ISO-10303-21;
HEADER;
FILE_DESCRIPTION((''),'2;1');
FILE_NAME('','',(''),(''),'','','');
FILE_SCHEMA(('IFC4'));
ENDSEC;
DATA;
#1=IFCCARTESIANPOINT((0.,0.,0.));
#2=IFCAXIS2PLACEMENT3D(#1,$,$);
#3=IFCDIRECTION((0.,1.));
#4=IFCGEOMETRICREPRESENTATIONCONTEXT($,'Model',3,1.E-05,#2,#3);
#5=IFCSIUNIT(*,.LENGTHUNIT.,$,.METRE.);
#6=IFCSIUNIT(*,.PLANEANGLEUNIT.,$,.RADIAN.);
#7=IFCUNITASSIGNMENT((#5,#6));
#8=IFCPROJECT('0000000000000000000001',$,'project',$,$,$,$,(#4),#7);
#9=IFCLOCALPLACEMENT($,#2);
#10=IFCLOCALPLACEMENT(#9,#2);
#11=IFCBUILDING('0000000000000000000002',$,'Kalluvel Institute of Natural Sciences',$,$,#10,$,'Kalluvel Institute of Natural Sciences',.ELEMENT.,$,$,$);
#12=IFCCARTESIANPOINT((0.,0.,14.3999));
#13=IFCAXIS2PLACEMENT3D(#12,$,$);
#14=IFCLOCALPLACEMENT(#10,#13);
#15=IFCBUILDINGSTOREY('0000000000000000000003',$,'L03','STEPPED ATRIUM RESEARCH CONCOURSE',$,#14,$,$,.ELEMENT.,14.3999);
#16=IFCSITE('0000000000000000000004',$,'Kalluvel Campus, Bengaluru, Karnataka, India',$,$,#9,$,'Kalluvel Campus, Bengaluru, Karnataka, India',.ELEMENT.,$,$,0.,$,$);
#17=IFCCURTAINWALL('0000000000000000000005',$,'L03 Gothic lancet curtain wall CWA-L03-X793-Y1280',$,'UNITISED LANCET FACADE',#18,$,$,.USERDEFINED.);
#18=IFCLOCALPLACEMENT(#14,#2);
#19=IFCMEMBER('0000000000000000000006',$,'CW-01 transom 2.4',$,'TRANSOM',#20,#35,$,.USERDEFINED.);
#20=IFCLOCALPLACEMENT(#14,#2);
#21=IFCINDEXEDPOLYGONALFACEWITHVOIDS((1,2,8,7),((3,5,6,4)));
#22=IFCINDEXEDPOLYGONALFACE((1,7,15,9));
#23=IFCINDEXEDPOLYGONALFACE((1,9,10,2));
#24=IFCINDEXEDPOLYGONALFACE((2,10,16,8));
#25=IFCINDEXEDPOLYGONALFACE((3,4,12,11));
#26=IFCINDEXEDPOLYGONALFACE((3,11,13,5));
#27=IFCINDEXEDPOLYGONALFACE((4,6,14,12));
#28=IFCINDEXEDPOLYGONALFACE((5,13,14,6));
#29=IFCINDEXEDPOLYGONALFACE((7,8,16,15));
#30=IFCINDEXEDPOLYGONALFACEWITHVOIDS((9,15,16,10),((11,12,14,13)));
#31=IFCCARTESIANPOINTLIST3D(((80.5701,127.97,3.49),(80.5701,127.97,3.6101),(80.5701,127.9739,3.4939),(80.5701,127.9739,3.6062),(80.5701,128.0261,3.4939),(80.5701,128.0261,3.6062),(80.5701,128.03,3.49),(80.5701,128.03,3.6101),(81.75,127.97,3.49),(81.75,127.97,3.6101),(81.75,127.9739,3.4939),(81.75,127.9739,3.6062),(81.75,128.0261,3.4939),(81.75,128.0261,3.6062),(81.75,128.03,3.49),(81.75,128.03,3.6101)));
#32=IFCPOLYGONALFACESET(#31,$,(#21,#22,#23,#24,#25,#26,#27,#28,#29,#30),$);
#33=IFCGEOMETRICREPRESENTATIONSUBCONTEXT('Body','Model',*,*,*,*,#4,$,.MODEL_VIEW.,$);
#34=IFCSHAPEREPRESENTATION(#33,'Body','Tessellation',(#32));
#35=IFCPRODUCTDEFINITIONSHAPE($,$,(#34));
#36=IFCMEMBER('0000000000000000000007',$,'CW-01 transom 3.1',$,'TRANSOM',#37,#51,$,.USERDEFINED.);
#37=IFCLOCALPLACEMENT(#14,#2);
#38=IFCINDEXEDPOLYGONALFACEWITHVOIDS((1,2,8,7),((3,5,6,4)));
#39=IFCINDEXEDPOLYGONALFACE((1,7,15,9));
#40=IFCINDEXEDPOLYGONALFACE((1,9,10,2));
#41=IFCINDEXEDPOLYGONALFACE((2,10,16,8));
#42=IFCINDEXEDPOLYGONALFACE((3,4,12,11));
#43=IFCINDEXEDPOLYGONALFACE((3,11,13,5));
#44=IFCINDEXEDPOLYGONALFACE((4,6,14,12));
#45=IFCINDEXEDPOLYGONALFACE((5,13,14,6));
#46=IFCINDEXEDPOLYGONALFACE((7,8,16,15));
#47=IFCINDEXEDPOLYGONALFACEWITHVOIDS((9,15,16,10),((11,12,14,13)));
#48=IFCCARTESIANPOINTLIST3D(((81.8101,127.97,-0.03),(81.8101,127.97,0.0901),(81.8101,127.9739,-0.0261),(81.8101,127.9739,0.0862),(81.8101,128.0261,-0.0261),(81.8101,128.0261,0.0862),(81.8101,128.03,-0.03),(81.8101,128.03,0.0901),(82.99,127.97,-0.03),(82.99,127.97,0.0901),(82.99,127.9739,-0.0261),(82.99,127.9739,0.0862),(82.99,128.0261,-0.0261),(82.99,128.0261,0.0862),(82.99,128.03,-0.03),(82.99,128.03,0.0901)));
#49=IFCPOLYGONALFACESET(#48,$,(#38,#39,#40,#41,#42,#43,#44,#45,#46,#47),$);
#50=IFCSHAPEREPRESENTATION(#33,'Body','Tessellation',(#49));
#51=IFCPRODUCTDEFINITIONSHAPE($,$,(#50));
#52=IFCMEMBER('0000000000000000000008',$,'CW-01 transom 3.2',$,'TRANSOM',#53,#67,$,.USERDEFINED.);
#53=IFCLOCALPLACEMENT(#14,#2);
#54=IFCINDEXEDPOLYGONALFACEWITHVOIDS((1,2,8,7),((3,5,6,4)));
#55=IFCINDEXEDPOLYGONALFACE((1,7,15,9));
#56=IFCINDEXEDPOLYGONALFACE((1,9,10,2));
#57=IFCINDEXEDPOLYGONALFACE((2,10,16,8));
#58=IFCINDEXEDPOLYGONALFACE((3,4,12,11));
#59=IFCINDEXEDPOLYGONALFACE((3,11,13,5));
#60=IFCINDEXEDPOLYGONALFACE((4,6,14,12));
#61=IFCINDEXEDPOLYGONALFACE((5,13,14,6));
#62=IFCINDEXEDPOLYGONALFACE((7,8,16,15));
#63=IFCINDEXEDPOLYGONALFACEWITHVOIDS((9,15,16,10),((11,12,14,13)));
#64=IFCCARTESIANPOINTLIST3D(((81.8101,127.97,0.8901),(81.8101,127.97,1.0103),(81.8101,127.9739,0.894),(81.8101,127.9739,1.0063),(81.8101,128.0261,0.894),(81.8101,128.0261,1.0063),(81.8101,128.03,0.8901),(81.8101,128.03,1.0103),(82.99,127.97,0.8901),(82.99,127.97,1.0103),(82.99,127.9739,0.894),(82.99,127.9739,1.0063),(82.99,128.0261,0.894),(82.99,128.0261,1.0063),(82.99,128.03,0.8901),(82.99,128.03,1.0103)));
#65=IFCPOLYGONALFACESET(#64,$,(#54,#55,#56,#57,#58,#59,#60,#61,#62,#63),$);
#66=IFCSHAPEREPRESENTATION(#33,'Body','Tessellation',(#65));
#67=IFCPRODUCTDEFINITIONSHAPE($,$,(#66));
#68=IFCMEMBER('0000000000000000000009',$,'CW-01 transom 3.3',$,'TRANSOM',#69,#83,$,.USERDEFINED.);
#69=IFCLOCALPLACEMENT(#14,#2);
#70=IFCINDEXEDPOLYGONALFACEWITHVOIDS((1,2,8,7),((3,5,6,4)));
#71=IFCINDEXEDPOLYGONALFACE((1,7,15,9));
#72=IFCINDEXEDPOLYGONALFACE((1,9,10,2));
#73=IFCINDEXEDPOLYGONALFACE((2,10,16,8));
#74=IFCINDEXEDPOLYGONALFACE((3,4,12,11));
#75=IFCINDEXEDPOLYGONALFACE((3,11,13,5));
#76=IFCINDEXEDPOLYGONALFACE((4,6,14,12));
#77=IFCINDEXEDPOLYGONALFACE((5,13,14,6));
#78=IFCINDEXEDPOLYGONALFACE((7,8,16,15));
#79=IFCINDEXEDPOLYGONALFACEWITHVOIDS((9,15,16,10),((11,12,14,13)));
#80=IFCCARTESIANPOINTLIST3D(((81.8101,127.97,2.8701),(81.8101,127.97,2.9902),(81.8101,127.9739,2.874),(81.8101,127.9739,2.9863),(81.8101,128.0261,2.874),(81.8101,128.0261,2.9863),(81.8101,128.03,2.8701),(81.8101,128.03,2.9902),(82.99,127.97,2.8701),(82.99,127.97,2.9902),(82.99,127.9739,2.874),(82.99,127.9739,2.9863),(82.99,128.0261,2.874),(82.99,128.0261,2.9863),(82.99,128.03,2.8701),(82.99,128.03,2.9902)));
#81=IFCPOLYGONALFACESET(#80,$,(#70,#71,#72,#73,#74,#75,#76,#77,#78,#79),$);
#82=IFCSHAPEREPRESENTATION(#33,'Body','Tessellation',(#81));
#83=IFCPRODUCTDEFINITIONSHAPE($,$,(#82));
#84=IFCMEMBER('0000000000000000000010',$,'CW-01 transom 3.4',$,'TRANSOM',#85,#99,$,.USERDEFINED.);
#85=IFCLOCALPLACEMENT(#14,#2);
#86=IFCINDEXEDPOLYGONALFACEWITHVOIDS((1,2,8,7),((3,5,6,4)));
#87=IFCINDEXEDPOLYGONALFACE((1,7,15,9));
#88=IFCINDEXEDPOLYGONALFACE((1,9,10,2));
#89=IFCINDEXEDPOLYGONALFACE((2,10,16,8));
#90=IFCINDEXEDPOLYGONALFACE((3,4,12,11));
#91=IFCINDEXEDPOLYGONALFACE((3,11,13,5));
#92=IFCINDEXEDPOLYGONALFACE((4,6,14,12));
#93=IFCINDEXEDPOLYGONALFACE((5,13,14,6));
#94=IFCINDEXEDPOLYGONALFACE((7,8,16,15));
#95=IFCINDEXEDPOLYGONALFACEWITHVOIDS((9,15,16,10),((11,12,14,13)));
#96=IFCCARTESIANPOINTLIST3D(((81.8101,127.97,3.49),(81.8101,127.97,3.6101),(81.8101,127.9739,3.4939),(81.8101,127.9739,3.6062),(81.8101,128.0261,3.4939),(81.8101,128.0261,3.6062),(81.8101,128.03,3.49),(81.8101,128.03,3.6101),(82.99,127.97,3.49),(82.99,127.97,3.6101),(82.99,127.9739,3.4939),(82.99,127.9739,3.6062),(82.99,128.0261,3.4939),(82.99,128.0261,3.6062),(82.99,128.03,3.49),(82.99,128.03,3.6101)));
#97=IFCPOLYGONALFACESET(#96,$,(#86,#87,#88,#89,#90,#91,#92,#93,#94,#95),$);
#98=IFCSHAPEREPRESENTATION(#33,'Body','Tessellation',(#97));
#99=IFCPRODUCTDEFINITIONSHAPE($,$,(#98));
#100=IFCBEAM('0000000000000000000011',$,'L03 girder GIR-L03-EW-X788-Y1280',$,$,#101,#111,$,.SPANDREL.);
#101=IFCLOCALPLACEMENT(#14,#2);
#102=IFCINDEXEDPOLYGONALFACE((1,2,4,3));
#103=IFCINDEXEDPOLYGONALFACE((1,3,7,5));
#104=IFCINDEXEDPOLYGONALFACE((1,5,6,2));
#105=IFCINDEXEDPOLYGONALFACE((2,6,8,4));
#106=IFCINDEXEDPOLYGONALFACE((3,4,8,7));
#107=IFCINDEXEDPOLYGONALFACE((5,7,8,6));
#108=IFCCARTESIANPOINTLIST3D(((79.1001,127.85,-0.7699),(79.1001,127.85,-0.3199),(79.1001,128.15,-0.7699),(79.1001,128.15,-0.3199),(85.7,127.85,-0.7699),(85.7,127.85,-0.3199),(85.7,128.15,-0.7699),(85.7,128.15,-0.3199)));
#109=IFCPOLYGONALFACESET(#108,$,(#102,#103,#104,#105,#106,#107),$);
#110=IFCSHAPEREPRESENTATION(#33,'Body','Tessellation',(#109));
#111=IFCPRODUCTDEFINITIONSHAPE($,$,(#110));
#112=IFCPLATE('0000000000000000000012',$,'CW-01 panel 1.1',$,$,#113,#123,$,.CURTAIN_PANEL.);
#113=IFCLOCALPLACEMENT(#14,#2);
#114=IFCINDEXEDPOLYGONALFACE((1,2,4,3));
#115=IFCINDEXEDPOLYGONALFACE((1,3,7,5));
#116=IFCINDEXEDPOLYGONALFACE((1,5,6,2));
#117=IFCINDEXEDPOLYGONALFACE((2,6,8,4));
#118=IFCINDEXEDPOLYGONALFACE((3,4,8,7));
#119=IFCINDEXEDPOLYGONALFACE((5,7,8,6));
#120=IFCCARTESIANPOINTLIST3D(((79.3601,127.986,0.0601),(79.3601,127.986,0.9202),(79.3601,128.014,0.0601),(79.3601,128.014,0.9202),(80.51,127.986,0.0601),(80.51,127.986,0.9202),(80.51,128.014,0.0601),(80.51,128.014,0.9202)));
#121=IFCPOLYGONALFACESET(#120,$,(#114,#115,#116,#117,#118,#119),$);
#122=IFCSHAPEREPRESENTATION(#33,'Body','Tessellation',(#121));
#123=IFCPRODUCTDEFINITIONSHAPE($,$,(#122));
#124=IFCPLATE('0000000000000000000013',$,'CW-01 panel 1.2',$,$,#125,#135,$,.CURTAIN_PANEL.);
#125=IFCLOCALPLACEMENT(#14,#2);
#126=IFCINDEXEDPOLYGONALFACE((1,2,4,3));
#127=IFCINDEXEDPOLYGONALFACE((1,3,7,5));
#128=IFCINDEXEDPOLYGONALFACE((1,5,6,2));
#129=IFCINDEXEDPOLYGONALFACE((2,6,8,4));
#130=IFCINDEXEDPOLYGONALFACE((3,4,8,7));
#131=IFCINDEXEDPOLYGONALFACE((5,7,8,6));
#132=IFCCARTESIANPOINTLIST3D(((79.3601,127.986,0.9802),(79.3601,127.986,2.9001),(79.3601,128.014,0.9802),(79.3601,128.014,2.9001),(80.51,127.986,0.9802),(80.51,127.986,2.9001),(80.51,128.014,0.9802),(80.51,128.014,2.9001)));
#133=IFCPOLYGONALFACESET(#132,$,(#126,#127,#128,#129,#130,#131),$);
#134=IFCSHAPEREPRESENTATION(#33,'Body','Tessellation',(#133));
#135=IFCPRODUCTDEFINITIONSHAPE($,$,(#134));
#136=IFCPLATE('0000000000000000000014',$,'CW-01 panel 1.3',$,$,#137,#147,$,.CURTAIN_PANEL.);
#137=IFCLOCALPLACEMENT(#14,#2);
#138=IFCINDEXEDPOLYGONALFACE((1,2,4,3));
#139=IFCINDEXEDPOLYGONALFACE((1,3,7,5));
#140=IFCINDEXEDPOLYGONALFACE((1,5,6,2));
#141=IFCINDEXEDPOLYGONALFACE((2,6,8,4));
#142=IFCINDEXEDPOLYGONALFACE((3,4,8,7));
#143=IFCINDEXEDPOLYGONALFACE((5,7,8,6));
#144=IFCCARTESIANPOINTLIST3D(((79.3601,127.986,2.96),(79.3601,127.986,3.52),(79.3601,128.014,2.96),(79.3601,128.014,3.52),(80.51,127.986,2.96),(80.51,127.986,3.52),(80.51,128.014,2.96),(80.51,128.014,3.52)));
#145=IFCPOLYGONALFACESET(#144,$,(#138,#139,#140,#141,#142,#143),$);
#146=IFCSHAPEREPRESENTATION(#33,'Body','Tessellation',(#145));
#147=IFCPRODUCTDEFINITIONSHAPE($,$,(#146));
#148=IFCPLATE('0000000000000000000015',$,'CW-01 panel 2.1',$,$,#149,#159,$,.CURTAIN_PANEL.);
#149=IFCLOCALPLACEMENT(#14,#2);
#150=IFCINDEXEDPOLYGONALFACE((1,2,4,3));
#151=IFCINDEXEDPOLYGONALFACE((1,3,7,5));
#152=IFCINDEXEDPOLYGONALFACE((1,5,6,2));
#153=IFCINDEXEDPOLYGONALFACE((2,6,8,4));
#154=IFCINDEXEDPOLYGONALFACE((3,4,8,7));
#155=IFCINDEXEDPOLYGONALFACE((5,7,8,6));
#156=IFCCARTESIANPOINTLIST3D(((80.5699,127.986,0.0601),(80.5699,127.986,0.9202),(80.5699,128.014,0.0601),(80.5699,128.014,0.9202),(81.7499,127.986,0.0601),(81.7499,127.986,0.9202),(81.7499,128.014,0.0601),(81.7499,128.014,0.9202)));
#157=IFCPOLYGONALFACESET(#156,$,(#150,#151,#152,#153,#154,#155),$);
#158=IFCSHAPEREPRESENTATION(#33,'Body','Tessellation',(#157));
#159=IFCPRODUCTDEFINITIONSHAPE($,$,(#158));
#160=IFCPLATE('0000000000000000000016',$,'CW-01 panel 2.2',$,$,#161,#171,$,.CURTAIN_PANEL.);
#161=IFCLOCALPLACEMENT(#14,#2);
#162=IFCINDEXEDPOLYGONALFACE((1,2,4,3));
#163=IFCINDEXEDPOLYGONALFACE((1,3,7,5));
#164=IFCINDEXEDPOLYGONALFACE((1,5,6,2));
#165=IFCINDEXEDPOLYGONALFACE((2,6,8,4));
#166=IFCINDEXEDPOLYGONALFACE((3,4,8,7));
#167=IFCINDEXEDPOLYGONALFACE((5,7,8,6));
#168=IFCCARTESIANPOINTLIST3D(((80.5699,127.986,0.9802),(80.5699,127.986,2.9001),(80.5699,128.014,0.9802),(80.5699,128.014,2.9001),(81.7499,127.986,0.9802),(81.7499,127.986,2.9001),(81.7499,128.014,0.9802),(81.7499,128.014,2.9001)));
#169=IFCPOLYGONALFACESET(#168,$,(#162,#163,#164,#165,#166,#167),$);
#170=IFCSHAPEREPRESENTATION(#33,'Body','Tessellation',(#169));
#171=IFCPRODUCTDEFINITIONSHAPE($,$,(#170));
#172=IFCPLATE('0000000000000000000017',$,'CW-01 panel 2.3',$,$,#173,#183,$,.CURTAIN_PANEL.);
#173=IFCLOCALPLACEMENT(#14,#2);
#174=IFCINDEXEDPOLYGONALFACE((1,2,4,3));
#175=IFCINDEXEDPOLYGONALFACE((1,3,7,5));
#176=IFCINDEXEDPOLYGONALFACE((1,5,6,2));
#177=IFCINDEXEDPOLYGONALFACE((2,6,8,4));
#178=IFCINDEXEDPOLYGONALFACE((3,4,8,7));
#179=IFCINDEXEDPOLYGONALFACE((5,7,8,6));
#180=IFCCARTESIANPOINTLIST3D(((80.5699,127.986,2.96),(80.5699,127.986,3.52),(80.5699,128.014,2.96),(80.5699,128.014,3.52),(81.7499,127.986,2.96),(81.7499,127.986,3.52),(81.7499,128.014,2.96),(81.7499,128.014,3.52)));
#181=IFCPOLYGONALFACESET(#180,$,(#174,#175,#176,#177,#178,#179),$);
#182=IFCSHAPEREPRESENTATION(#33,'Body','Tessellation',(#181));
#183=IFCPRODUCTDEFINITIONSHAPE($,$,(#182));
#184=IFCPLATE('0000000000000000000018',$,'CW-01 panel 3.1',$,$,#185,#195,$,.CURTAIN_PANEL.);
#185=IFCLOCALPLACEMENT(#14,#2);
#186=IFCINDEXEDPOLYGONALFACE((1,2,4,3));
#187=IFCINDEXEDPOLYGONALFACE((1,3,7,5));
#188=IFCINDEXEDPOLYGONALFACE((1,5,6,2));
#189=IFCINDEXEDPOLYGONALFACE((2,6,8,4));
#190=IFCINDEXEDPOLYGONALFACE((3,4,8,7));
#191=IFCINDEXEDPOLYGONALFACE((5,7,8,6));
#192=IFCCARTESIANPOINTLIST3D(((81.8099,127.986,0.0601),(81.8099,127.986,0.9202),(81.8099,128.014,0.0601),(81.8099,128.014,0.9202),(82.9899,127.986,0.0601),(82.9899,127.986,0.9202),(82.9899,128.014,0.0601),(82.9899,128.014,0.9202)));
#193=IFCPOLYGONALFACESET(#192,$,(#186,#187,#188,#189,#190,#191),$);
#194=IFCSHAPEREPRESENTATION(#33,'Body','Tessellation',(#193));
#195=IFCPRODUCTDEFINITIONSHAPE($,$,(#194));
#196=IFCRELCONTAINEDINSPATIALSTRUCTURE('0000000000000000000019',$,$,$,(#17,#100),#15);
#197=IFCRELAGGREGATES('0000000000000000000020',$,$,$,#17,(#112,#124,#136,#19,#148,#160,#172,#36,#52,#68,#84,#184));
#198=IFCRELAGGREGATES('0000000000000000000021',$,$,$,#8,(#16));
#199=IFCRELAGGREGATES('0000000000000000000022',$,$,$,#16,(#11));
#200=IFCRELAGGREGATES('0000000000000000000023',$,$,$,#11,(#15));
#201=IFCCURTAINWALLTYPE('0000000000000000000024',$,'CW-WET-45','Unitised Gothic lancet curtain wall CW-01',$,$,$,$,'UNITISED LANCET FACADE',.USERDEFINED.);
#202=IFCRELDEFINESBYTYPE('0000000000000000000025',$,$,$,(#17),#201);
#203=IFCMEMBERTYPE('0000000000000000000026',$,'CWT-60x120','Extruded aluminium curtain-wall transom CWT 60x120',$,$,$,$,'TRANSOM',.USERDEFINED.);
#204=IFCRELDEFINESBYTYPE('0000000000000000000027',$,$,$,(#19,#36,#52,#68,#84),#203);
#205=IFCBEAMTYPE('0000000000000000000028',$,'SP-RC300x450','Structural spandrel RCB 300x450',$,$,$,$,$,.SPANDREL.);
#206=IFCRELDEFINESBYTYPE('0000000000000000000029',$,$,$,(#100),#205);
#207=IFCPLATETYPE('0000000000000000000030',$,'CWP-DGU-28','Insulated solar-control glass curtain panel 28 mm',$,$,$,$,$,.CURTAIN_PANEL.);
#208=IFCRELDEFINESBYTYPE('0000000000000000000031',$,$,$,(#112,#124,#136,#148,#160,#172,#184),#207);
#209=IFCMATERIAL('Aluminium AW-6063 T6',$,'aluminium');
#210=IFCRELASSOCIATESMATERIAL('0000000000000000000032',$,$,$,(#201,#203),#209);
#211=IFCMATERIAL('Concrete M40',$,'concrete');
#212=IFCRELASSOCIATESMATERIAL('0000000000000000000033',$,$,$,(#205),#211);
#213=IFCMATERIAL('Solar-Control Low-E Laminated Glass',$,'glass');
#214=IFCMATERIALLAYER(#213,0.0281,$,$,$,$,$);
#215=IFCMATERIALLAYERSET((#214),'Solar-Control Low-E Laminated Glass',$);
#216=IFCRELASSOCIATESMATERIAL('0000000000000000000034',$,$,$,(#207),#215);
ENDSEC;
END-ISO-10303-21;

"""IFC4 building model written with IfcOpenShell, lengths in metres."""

from ifc_helpers import new_model, si_unit, direction, frame, origin, origin_2d, place, context, subcontext, project, spatial, rectangle, hollow_rectangle, extrude, material, layer, layer_set, material_profile, profile_set, type_object, element, aggregate, save


model = new_model("IFC4")

# Units and contexts
model_context = context("Model", 3, precision=1e-05, world=origin(), true_north=direction((0.0, 1.0)))
body_context = subcontext(model_context, "Body", "Model", "MODEL_VIEW")
ifc_project = project(units=[si_unit("LENGTHUNIT", "METRE"), si_unit("PLANEANGLEUNIT", "RADIAN")], contexts=[model_context])

# Site, building, storey
site_placement = place(None, origin())
site = spatial("IfcSite", under=ifc_project, at=site_placement, Name="Kalluvel Campus, Bengaluru, Karnataka, India", LongName="Kalluvel Campus, Bengaluru, Karnataka, India", CompositionType="ELEMENT", RefElevation=0.0)
building_placement = place(site_placement, origin())
building = spatial("IfcBuilding", under=site, at=building_placement, Name="Kalluvel Institute of Natural Sciences", LongName="Kalluvel Institute of Natural Sciences", CompositionType="ELEMENT")
storey_placement = place(building_placement, frame((0.0, 0.0, 14.3999)))
storey = spatial("IfcBuildingStorey", under=building, at=storey_placement, Name="L03", Description="STEPPED ATRIUM RESEARCH CONCOURSE", CompositionType="ELEMENT", Elevation=14.3999)

# Curtain wall, members
ifc_material_1 = material(Name="Aluminium AW-6063 T6", Category="aluminium")
curtain_wall_type = type_object("IfcCurtainWallType", Name="CW-WET-45", Description="Unitised Gothic lancet curtain wall CW-01", ElementType="UNITISED LANCET FACADE", PredefinedType="USERDEFINED", material=ifc_material_1)
curtain_wall_placement = place(storey_placement, origin())
curtain_wall = element("IfcCurtainWall", 1, at=curtain_wall_placement, inside=storey, type_object=curtain_wall_type, Name="L03 Gothic lancet curtain wall CWA-L03-X793-Y1280", ObjectType="UNITISED LANCET FACADE", PredefinedType="USERDEFINED")
ifc_material_profile_1 = material_profile(ifc_material_1, hollow_rectangle(XDim=0.0601, YDim=0.1201, WallThickness=0.0039, at=origin_2d()), Name="CWT 60x120")
ifc_profile_set_1 = profile_set([ifc_material_profile_1], Name="Aluminium AW-6063 T6")
member_type_1 = type_object("IfcMemberType", Name="CWT-60x120", Description="Extruded aluminium curtain-wall transom CWT 60x120", ElementType="TRANSOM", PredefinedType="USERDEFINED", material=ifc_profile_set_1)
member_1_placement = place(storey_placement, frame((80.5701, 128.0, 3.55), z_axis=(1.0, 0.0, 0.0), x_axis=(0.0, 1.0, 0.0)))
member_1 = element("IfcMember", 2, at=member_1_placement, type_object=member_type_1, Name="CW-01 transom 2.4", ObjectType="TRANSOM", PredefinedType="USERDEFINED", context=body_context, shape_type="SweptSolid", body=[
    extrude(hollow_rectangle(XDim=0.0601, YDim=0.1201, WallThickness=0.0039, at=origin_2d()), origin(), (0.0, 0.0, 1.0), 1.1799),
])
member_2_placement = place(storey_placement, frame((81.8101, 128.0, 0.03), z_axis=(1.0, 0.0, 0.0), x_axis=(0.0, 1.0, 0.0)))
member_2 = element("IfcMember", 3, at=member_2_placement, type_object=member_type_1, Name="CW-01 transom 3.1", ObjectType="TRANSOM", PredefinedType="USERDEFINED", context=body_context, shape_type="SweptSolid", body=[
    extrude(hollow_rectangle(XDim=0.0601, YDim=0.1201, WallThickness=0.0039, at=origin_2d()), origin(), (0.0, 0.0, 1.0), 1.1799),
])
member_3_placement = place(storey_placement, frame((81.8101, 128.0, 0.9502), z_axis=(1.0, 0.0, 0.0), x_axis=(0.0, 1.0, 0.0)))
member_3 = element("IfcMember", 4, at=member_3_placement, type_object=member_type_1, Name="CW-01 transom 3.2", ObjectType="TRANSOM", PredefinedType="USERDEFINED", context=body_context, shape_type="SweptSolid", body=[
    extrude(hollow_rectangle(XDim=0.0601, YDim=0.1201, WallThickness=0.0039, at=origin_2d()), origin(), (0.0, 0.0, 1.0), 1.1799),
])
member_4_placement = place(storey_placement, frame((81.8101, 128.0, 2.9302), z_axis=(1.0, 0.0, 0.0), x_axis=(0.0, 1.0, 0.0)))
member_4 = element("IfcMember", 5, at=member_4_placement, type_object=member_type_1, Name="CW-01 transom 3.3", ObjectType="TRANSOM", PredefinedType="USERDEFINED", context=body_context, shape_type="SweptSolid", body=[
    extrude(hollow_rectangle(XDim=0.0601, YDim=0.1201, WallThickness=0.0039, at=origin_2d()), origin(), (0.0, 0.0, 1.0), 1.1799),
])
member_5_placement = place(storey_placement, frame((81.8101, 128.0, 3.55), z_axis=(1.0, 0.0, 0.0), x_axis=(0.0, 1.0, 0.0)))
member_5 = element("IfcMember", 6, at=member_5_placement, type_object=member_type_1, Name="CW-01 transom 3.4", ObjectType="TRANSOM", PredefinedType="USERDEFINED", context=body_context, shape_type="SweptSolid", body=[
    extrude(hollow_rectangle(XDim=0.0601, YDim=0.1201, WallThickness=0.0039, at=origin_2d()), origin(), (0.0, 0.0, 1.0), 1.1799),
])

# Beam
ifc_material_2 = material(Name="Concrete M40", Category="concrete")
ifc_material_profile_2 = material_profile(ifc_material_2, rectangle(XDim=0.3, YDim=0.45, at=origin_2d()), Name="RCB 300x450")
ifc_profile_set_2 = profile_set([ifc_material_profile_2], Name="Concrete M40")
beam_type = type_object("IfcBeamType", Name="SP-RC300x450", Description="Structural spandrel RCB 300x450", PredefinedType="SPANDREL", material=ifc_profile_set_2)
beam_placement = place(storey_placement, frame((79.1001, 128.0, -0.5449), z_axis=(1.0, 0.0, 0.0), x_axis=(0.0, 1.0, 0.0)))
element("IfcBeam", 7, at=beam_placement, inside=storey, type_object=beam_type, Name="L03 girder GIR-L03-EW-X788-Y1280", PredefinedType="SPANDREL", context=body_context, shape_type="SweptSolid", body=[
    extrude(rectangle(XDim=0.3, YDim=0.45, at=origin_2d()), origin(), (0.0, 0.0, 1.0), 6.5999),
])

# Plates
ifc_material_3 = material(Name="Solar-Control Low-E Laminated Glass", Category="glass")
ifc_layer_1 = layer(ifc_material_3, 0.0281)
ifc_layer_set_1 = layer_set([ifc_layer_1], Name="Solar-Control Low-E Laminated Glass")
plate_type = type_object("IfcPlateType", Name="CWP-DGU-28", Description="Insulated solar-control glass curtain panel 28 mm", PredefinedType="CURTAIN_PANEL", material=ifc_layer_set_1)
plate_1_placement = place(storey_placement, frame((79.9351, 128.0, 0.0601), z_axis=(0.0, 0.0, 1.0), x_axis=(1.0, 0.0, 0.0)))
plate_1 = element("IfcPlate", 8, at=plate_1_placement, type_object=plate_type, Name="CW-01 panel 1.1", PredefinedType="CURTAIN_PANEL", context=body_context, shape_type="SweptSolid", body=[
    extrude(rectangle(XDim=1.1499, YDim=0.0281, at=origin_2d()), origin(), (0.0, 0.0, 1.0), 0.8601),
])
plate_2_placement = place(storey_placement, frame((79.9351, 128.0, 0.9802), z_axis=(0.0, 0.0, 1.0), x_axis=(1.0, 0.0, 0.0)))
plate_2 = element("IfcPlate", 9, at=plate_2_placement, type_object=plate_type, Name="CW-01 panel 1.2", PredefinedType="CURTAIN_PANEL", context=body_context, shape_type="SweptSolid", body=[
    extrude(rectangle(XDim=1.1499, YDim=0.0281, at=origin_2d()), origin(), (0.0, 0.0, 1.0), 1.9199),
])
plate_3_placement = place(storey_placement, frame((79.9351, 128.0, 2.96), z_axis=(0.0, 0.0, 1.0), x_axis=(1.0, 0.0, 0.0)))
plate_3 = element("IfcPlate", 10, at=plate_3_placement, type_object=plate_type, Name="CW-01 panel 1.3", PredefinedType="CURTAIN_PANEL", context=body_context, shape_type="SweptSolid", body=[
    extrude(rectangle(XDim=1.1499, YDim=0.0281, at=origin_2d()), origin(), (0.0, 0.0, 1.0), 0.5601),
])
plate_4_placement = place(storey_placement, frame((81.1599, 128.0, 0.0601), z_axis=(0.0, 0.0, 1.0), x_axis=(1.0, 0.0, 0.0)))
plate_4 = element("IfcPlate", 11, at=plate_4_placement, type_object=plate_type, Name="CW-01 panel 2.1", PredefinedType="CURTAIN_PANEL", context=body_context, shape_type="SweptSolid", body=[
    extrude(rectangle(XDim=1.1799, YDim=0.0281, at=origin_2d()), origin(), (0.0, 0.0, 1.0), 0.8601),
])
plate_5_placement = place(storey_placement, frame((81.1599, 128.0, 0.9802), z_axis=(0.0, 0.0, 1.0), x_axis=(1.0, 0.0, 0.0)))
plate_5 = element("IfcPlate", 12, at=plate_5_placement, type_object=plate_type, Name="CW-01 panel 2.2", PredefinedType="CURTAIN_PANEL", context=body_context, shape_type="SweptSolid", body=[
    extrude(rectangle(XDim=1.1799, YDim=0.0281, at=origin_2d()), origin(), (0.0, 0.0, 1.0), 1.9199),
])
plate_6_placement = place(storey_placement, frame((81.1599, 128.0, 2.96), z_axis=(0.0, 0.0, 1.0), x_axis=(1.0, 0.0, 0.0)))
plate_6 = element("IfcPlate", 13, at=plate_6_placement, type_object=plate_type, Name="CW-01 panel 2.3", PredefinedType="CURTAIN_PANEL", context=body_context, shape_type="SweptSolid", body=[
    extrude(rectangle(XDim=1.1799, YDim=0.0281, at=origin_2d()), origin(), (0.0, 0.0, 1.0), 0.5601),
])
plate_7_placement = place(storey_placement, frame((82.3999, 128.0, 0.0601), z_axis=(0.0, 0.0, 1.0), x_axis=(1.0, 0.0, 0.0)))
plate_7 = element("IfcPlate", 14, at=plate_7_placement, type_object=plate_type, Name="CW-01 panel 3.1", PredefinedType="CURTAIN_PANEL", context=body_context, shape_type="SweptSolid", body=[
    extrude(rectangle(XDim=1.1799, YDim=0.0281, at=origin_2d()), origin(), (0.0, 0.0, 1.0), 0.8601),
])
aggregate(curtain_wall, [plate_1, plate_2, plate_3, member_1, plate_4, plate_5, plate_6, member_2, member_3, member_4, member_5, plate_7])

save(model, "model.ifc")
